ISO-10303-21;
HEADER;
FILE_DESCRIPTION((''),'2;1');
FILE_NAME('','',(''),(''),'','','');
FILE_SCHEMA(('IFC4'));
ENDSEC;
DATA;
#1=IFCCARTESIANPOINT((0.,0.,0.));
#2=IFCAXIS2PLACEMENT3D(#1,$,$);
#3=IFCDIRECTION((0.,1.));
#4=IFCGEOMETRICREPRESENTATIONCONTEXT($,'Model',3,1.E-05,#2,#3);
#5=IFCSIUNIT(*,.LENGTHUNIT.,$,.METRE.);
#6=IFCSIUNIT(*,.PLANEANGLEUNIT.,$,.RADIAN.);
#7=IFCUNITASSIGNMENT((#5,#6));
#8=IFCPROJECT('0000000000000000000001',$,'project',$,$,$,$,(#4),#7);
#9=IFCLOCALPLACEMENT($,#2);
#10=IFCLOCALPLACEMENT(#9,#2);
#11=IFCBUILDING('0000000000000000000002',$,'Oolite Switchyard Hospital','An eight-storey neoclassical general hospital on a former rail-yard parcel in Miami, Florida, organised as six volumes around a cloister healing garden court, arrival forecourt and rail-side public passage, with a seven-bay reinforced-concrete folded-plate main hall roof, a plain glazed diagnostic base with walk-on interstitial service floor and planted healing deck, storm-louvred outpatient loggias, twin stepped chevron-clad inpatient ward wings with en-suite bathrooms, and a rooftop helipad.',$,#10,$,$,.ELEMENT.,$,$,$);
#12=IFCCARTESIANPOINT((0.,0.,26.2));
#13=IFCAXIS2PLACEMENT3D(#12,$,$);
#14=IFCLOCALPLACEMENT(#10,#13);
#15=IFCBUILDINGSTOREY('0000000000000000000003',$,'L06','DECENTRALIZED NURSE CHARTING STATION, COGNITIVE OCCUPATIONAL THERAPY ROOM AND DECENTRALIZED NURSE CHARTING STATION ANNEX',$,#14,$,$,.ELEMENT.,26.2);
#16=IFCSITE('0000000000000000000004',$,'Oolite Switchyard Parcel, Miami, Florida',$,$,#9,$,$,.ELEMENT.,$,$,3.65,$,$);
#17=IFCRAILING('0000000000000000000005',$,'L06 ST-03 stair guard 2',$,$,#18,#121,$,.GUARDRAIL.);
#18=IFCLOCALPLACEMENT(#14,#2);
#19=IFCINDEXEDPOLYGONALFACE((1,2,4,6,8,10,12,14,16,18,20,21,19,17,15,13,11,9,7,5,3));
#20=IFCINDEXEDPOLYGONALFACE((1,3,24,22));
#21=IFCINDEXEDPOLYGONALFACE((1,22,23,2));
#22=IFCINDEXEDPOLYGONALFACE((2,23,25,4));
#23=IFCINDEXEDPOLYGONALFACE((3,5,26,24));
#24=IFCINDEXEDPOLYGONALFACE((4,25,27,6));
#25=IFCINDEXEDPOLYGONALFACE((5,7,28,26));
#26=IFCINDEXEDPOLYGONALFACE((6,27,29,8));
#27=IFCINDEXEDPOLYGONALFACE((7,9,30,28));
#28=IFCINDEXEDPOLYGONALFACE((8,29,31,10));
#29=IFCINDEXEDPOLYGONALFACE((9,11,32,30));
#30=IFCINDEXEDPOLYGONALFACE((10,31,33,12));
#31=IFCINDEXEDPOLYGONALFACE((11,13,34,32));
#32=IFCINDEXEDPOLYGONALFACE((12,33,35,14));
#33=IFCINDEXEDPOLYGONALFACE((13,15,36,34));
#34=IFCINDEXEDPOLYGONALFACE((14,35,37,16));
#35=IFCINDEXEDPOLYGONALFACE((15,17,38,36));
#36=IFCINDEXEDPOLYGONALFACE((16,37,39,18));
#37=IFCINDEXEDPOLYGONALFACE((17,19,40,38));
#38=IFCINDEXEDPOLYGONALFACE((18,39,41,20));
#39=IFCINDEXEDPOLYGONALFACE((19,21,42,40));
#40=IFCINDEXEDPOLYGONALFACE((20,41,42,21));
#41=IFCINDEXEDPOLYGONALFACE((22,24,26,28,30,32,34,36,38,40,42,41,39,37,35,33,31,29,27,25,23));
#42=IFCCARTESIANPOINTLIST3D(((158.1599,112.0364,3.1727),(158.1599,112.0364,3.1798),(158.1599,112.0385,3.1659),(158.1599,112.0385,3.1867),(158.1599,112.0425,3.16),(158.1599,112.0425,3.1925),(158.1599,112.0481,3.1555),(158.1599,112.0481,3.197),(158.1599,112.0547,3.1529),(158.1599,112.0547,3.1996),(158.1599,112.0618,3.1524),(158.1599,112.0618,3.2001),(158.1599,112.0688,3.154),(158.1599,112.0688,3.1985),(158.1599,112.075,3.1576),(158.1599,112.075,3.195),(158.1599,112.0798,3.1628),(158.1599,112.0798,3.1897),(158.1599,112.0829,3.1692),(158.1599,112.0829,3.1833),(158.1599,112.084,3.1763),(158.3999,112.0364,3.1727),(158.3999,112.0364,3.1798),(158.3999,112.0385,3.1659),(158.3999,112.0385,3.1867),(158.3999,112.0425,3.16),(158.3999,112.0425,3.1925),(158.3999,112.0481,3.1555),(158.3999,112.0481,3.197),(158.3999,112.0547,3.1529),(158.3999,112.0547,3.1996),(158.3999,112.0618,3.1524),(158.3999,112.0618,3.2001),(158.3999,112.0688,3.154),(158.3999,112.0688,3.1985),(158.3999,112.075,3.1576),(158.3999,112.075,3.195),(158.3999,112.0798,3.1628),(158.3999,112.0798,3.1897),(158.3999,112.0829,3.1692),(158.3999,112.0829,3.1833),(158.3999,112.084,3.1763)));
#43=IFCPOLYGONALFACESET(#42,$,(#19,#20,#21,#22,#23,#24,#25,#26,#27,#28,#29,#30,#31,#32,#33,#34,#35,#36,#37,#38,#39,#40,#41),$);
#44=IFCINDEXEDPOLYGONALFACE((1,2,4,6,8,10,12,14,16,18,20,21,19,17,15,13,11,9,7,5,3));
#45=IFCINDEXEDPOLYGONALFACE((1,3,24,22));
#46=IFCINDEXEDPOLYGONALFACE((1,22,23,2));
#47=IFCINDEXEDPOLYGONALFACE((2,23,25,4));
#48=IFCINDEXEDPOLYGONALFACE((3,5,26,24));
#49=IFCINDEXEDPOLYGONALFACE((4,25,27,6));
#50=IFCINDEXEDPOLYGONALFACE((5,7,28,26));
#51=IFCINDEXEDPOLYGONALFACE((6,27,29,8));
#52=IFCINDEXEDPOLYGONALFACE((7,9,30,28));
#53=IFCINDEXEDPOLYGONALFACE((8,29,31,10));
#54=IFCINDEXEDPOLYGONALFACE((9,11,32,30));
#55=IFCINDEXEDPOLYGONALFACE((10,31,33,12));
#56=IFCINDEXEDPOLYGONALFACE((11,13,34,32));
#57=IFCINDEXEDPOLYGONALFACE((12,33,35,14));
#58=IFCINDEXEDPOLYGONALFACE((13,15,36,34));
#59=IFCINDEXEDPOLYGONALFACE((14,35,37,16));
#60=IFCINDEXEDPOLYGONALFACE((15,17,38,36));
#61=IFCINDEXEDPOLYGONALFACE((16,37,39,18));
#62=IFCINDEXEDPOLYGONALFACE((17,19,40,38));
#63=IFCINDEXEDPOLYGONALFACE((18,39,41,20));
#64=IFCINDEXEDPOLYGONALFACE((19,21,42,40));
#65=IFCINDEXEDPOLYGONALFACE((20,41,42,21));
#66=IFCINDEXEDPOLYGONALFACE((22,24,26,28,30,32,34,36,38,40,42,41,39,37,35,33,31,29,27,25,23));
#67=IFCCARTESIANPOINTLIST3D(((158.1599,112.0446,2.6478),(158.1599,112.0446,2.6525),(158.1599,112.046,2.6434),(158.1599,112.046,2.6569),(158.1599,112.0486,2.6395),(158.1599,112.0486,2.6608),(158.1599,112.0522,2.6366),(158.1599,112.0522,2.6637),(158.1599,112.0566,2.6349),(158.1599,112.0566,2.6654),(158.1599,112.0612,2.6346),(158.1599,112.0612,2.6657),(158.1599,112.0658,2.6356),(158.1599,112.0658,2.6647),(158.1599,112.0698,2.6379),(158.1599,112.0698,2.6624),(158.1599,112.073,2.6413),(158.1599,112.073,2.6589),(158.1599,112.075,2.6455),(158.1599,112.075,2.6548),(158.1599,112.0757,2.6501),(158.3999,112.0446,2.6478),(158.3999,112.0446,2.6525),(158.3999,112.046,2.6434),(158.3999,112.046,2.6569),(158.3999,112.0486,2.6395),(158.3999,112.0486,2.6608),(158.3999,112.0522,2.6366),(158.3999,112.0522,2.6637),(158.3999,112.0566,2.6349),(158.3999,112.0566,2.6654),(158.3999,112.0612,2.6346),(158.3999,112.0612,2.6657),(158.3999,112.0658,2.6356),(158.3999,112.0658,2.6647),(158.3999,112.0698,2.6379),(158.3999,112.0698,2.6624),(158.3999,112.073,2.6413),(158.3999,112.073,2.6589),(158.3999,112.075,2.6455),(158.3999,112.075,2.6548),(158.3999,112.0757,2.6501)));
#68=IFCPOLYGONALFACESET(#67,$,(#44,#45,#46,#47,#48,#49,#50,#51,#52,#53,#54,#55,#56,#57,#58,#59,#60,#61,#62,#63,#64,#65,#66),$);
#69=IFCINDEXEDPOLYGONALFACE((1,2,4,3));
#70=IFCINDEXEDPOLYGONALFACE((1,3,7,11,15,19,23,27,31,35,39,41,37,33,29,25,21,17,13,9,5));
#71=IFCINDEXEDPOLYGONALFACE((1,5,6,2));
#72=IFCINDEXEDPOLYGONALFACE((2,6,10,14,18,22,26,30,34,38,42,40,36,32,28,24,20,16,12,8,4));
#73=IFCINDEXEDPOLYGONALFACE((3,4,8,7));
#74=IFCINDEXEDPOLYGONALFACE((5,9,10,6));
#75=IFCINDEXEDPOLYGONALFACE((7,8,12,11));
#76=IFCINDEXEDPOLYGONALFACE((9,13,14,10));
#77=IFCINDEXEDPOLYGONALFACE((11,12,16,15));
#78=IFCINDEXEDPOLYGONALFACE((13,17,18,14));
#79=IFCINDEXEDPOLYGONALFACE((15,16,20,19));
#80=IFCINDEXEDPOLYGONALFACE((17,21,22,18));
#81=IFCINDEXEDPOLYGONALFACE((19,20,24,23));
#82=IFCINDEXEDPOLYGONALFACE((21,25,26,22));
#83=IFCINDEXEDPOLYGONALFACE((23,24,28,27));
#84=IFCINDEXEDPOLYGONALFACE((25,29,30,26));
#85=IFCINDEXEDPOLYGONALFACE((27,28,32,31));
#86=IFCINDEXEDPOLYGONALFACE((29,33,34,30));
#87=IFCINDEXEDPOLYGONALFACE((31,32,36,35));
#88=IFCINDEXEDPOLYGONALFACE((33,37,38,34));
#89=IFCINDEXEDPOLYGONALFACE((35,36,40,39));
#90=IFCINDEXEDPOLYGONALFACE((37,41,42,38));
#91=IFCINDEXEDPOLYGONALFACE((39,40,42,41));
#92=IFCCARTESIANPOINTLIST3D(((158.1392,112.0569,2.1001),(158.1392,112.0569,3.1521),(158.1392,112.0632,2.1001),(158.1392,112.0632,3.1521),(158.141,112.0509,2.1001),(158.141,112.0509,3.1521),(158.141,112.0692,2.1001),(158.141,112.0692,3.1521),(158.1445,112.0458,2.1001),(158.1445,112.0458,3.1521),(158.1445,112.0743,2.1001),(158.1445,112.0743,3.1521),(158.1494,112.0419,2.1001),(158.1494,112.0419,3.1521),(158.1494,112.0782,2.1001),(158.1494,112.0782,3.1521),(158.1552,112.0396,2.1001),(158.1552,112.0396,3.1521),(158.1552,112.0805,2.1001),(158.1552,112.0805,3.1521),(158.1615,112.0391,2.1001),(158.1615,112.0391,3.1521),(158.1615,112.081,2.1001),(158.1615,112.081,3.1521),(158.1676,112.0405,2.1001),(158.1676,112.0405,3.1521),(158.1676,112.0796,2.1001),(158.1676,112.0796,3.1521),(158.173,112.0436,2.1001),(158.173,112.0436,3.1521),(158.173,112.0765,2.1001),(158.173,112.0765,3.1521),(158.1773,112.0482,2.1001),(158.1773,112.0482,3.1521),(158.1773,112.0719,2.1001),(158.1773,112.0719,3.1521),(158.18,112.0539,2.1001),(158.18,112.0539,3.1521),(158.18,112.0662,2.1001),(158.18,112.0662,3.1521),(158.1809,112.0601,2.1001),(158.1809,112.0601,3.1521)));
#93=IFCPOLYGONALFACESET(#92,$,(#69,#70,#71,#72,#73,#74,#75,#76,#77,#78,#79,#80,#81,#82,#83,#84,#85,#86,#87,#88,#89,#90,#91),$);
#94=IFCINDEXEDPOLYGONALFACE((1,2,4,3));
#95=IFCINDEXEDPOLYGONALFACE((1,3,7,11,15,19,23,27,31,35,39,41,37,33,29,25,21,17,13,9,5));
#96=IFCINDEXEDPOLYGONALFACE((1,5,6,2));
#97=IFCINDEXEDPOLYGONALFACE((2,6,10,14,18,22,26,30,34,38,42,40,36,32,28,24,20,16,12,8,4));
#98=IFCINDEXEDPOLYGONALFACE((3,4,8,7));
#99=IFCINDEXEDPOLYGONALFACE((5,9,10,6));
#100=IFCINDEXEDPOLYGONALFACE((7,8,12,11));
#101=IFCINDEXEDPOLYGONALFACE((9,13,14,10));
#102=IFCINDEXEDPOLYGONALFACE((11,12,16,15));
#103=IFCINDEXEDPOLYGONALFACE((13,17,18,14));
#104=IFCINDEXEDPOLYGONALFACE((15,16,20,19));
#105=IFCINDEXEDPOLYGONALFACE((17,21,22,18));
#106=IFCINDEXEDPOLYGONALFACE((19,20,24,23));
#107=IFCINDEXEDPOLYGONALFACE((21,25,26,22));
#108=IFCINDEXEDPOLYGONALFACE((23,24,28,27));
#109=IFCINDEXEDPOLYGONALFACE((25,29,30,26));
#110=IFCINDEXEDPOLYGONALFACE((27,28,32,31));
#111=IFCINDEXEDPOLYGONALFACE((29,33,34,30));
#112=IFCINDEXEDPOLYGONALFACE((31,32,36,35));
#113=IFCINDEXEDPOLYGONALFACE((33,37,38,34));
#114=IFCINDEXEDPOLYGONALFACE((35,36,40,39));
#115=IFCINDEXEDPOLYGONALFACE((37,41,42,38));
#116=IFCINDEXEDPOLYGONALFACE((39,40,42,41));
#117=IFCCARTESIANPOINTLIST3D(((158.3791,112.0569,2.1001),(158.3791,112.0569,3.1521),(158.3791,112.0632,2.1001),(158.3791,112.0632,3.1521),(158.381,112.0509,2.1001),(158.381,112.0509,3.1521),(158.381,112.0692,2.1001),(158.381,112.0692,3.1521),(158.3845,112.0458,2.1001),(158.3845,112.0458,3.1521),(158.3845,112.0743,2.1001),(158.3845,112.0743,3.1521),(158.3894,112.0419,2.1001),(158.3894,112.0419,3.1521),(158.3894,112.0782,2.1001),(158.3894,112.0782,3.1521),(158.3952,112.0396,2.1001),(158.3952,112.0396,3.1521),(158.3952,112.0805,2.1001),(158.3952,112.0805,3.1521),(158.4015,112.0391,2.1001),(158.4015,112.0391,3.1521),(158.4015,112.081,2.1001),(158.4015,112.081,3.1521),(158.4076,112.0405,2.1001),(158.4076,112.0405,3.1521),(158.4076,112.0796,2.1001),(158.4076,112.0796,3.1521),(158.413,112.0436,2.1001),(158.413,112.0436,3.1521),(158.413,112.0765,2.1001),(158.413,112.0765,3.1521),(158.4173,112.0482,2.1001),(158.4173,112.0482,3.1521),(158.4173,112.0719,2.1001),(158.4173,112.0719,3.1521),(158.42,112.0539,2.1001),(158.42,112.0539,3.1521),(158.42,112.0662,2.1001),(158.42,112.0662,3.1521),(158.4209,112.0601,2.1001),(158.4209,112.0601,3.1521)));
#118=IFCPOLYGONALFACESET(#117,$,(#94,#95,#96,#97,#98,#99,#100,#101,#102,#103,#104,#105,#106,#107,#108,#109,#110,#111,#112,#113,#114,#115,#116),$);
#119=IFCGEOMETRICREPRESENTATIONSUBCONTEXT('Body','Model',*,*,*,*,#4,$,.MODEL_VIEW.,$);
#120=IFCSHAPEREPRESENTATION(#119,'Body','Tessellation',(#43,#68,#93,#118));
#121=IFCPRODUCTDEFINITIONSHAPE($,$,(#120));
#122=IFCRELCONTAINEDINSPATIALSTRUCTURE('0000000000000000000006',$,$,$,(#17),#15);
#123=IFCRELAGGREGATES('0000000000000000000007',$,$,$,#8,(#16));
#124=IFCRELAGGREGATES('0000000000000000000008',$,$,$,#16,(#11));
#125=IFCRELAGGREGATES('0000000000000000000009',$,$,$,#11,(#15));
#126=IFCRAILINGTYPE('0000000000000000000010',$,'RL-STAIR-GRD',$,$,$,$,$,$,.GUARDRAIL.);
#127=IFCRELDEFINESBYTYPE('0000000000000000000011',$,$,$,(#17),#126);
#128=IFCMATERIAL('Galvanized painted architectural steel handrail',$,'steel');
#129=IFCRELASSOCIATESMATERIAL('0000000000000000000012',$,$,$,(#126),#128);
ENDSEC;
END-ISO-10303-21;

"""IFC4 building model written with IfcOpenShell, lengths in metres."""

from ifc_helpers import new_model, si_unit, direction, frame, origin, origin_2d, place, context, subcontext, project, spatial, circle, extrude, material, type_object, element, save


model = new_model("IFC4")

# Units and contexts
model_context = context("Model", 3, precision=1e-05, world=origin(), true_north=direction((0.0, 1.0)))
body_context = subcontext(model_context, "Body", "Model", "MODEL_VIEW")
ifc_project = project(units=[si_unit("LENGTHUNIT", "METRE"), si_unit("PLANEANGLEUNIT", "RADIAN")], contexts=[model_context])

# Site, building, storey
site_placement = place(None, origin())
site = spatial("IfcSite", under=ifc_project, at=site_placement, Name="Oolite Switchyard Parcel, Miami, Florida", CompositionType="ELEMENT", RefElevation=3.65)
building_placement = place(site_placement, origin())
building = spatial("IfcBuilding", under=site, at=building_placement, Name="Oolite Switchyard Hospital", Description="An eight-storey neoclassical general hospital on a former rail-yard parcel in Miami, Florida, organised as six volumes around a cloister healing garden court, arrival forecourt and rail-side public passage, with a seven-bay reinforced-concrete folded-plate main hall roof, a plain glazed diagnostic base with walk-on interstitial service floor and planted healing deck, storm-louvred outpatient loggias, twin stepped chevron-clad inpatient ward wings with en-suite bathrooms, and a rooftop helipad.", CompositionType="ELEMENT")
storey_placement = place(building_placement, frame((0.0, 0.0, 26.2)))
storey = spatial("IfcBuildingStorey", under=building, at=storey_placement, Name="L06", Description="DECENTRALIZED NURSE CHARTING STATION, COGNITIVE OCCUPATIONAL THERAPY ROOM AND DECENTRALIZED NURSE CHARTING STATION ANNEX", CompositionType="ELEMENT", Elevation=26.2)

# Railing
ifc_material_1 = material(Name="Galvanized painted architectural steel handrail", Category="steel")
railing_type = type_object("IfcRailingType", Name="RL-STAIR-GRD", PredefinedType="GUARDRAIL", material=ifc_material_1)
railing_1_placement = place(storey_placement, frame((158.1599, 112.0601, 2.1001)))
element("IfcRailing", 1, at=railing_1_placement, inside=storey, type_object=railing_type, Name="L06 ST-03 stair guard 2", PredefinedType="GUARDRAIL", context=body_context, shape_type="SweptSolid", body=[
    extrude(circle(Radius=0.0239, at=origin_2d()), frame((0.0, 0.0, 1.0762), z_axis=(1.0, 0.0, 0.0), x_axis=(0.0, 1.0, 0.0)), (0.0, 0.0, 1.0), 0.24),
    extrude(circle(Radius=0.0156, at=origin_2d()), frame((0.0, 0.0, 0.55), z_axis=(1.0, 0.0, 0.0), x_axis=(0.0, 1.0, 0.0)), (0.0, 0.0, 1.0), 0.24),
    extrude(circle(Radius=0.021, at=origin_2d()), origin(), (0.0, 0.0, 1.0), 1.052),
    extrude(circle(Radius=0.021, at=origin_2d()), frame((0.24, 0.0, 0.0)), (0.0, 0.0, 1.0), 1.052),
])

save(model, "model.ifc")
